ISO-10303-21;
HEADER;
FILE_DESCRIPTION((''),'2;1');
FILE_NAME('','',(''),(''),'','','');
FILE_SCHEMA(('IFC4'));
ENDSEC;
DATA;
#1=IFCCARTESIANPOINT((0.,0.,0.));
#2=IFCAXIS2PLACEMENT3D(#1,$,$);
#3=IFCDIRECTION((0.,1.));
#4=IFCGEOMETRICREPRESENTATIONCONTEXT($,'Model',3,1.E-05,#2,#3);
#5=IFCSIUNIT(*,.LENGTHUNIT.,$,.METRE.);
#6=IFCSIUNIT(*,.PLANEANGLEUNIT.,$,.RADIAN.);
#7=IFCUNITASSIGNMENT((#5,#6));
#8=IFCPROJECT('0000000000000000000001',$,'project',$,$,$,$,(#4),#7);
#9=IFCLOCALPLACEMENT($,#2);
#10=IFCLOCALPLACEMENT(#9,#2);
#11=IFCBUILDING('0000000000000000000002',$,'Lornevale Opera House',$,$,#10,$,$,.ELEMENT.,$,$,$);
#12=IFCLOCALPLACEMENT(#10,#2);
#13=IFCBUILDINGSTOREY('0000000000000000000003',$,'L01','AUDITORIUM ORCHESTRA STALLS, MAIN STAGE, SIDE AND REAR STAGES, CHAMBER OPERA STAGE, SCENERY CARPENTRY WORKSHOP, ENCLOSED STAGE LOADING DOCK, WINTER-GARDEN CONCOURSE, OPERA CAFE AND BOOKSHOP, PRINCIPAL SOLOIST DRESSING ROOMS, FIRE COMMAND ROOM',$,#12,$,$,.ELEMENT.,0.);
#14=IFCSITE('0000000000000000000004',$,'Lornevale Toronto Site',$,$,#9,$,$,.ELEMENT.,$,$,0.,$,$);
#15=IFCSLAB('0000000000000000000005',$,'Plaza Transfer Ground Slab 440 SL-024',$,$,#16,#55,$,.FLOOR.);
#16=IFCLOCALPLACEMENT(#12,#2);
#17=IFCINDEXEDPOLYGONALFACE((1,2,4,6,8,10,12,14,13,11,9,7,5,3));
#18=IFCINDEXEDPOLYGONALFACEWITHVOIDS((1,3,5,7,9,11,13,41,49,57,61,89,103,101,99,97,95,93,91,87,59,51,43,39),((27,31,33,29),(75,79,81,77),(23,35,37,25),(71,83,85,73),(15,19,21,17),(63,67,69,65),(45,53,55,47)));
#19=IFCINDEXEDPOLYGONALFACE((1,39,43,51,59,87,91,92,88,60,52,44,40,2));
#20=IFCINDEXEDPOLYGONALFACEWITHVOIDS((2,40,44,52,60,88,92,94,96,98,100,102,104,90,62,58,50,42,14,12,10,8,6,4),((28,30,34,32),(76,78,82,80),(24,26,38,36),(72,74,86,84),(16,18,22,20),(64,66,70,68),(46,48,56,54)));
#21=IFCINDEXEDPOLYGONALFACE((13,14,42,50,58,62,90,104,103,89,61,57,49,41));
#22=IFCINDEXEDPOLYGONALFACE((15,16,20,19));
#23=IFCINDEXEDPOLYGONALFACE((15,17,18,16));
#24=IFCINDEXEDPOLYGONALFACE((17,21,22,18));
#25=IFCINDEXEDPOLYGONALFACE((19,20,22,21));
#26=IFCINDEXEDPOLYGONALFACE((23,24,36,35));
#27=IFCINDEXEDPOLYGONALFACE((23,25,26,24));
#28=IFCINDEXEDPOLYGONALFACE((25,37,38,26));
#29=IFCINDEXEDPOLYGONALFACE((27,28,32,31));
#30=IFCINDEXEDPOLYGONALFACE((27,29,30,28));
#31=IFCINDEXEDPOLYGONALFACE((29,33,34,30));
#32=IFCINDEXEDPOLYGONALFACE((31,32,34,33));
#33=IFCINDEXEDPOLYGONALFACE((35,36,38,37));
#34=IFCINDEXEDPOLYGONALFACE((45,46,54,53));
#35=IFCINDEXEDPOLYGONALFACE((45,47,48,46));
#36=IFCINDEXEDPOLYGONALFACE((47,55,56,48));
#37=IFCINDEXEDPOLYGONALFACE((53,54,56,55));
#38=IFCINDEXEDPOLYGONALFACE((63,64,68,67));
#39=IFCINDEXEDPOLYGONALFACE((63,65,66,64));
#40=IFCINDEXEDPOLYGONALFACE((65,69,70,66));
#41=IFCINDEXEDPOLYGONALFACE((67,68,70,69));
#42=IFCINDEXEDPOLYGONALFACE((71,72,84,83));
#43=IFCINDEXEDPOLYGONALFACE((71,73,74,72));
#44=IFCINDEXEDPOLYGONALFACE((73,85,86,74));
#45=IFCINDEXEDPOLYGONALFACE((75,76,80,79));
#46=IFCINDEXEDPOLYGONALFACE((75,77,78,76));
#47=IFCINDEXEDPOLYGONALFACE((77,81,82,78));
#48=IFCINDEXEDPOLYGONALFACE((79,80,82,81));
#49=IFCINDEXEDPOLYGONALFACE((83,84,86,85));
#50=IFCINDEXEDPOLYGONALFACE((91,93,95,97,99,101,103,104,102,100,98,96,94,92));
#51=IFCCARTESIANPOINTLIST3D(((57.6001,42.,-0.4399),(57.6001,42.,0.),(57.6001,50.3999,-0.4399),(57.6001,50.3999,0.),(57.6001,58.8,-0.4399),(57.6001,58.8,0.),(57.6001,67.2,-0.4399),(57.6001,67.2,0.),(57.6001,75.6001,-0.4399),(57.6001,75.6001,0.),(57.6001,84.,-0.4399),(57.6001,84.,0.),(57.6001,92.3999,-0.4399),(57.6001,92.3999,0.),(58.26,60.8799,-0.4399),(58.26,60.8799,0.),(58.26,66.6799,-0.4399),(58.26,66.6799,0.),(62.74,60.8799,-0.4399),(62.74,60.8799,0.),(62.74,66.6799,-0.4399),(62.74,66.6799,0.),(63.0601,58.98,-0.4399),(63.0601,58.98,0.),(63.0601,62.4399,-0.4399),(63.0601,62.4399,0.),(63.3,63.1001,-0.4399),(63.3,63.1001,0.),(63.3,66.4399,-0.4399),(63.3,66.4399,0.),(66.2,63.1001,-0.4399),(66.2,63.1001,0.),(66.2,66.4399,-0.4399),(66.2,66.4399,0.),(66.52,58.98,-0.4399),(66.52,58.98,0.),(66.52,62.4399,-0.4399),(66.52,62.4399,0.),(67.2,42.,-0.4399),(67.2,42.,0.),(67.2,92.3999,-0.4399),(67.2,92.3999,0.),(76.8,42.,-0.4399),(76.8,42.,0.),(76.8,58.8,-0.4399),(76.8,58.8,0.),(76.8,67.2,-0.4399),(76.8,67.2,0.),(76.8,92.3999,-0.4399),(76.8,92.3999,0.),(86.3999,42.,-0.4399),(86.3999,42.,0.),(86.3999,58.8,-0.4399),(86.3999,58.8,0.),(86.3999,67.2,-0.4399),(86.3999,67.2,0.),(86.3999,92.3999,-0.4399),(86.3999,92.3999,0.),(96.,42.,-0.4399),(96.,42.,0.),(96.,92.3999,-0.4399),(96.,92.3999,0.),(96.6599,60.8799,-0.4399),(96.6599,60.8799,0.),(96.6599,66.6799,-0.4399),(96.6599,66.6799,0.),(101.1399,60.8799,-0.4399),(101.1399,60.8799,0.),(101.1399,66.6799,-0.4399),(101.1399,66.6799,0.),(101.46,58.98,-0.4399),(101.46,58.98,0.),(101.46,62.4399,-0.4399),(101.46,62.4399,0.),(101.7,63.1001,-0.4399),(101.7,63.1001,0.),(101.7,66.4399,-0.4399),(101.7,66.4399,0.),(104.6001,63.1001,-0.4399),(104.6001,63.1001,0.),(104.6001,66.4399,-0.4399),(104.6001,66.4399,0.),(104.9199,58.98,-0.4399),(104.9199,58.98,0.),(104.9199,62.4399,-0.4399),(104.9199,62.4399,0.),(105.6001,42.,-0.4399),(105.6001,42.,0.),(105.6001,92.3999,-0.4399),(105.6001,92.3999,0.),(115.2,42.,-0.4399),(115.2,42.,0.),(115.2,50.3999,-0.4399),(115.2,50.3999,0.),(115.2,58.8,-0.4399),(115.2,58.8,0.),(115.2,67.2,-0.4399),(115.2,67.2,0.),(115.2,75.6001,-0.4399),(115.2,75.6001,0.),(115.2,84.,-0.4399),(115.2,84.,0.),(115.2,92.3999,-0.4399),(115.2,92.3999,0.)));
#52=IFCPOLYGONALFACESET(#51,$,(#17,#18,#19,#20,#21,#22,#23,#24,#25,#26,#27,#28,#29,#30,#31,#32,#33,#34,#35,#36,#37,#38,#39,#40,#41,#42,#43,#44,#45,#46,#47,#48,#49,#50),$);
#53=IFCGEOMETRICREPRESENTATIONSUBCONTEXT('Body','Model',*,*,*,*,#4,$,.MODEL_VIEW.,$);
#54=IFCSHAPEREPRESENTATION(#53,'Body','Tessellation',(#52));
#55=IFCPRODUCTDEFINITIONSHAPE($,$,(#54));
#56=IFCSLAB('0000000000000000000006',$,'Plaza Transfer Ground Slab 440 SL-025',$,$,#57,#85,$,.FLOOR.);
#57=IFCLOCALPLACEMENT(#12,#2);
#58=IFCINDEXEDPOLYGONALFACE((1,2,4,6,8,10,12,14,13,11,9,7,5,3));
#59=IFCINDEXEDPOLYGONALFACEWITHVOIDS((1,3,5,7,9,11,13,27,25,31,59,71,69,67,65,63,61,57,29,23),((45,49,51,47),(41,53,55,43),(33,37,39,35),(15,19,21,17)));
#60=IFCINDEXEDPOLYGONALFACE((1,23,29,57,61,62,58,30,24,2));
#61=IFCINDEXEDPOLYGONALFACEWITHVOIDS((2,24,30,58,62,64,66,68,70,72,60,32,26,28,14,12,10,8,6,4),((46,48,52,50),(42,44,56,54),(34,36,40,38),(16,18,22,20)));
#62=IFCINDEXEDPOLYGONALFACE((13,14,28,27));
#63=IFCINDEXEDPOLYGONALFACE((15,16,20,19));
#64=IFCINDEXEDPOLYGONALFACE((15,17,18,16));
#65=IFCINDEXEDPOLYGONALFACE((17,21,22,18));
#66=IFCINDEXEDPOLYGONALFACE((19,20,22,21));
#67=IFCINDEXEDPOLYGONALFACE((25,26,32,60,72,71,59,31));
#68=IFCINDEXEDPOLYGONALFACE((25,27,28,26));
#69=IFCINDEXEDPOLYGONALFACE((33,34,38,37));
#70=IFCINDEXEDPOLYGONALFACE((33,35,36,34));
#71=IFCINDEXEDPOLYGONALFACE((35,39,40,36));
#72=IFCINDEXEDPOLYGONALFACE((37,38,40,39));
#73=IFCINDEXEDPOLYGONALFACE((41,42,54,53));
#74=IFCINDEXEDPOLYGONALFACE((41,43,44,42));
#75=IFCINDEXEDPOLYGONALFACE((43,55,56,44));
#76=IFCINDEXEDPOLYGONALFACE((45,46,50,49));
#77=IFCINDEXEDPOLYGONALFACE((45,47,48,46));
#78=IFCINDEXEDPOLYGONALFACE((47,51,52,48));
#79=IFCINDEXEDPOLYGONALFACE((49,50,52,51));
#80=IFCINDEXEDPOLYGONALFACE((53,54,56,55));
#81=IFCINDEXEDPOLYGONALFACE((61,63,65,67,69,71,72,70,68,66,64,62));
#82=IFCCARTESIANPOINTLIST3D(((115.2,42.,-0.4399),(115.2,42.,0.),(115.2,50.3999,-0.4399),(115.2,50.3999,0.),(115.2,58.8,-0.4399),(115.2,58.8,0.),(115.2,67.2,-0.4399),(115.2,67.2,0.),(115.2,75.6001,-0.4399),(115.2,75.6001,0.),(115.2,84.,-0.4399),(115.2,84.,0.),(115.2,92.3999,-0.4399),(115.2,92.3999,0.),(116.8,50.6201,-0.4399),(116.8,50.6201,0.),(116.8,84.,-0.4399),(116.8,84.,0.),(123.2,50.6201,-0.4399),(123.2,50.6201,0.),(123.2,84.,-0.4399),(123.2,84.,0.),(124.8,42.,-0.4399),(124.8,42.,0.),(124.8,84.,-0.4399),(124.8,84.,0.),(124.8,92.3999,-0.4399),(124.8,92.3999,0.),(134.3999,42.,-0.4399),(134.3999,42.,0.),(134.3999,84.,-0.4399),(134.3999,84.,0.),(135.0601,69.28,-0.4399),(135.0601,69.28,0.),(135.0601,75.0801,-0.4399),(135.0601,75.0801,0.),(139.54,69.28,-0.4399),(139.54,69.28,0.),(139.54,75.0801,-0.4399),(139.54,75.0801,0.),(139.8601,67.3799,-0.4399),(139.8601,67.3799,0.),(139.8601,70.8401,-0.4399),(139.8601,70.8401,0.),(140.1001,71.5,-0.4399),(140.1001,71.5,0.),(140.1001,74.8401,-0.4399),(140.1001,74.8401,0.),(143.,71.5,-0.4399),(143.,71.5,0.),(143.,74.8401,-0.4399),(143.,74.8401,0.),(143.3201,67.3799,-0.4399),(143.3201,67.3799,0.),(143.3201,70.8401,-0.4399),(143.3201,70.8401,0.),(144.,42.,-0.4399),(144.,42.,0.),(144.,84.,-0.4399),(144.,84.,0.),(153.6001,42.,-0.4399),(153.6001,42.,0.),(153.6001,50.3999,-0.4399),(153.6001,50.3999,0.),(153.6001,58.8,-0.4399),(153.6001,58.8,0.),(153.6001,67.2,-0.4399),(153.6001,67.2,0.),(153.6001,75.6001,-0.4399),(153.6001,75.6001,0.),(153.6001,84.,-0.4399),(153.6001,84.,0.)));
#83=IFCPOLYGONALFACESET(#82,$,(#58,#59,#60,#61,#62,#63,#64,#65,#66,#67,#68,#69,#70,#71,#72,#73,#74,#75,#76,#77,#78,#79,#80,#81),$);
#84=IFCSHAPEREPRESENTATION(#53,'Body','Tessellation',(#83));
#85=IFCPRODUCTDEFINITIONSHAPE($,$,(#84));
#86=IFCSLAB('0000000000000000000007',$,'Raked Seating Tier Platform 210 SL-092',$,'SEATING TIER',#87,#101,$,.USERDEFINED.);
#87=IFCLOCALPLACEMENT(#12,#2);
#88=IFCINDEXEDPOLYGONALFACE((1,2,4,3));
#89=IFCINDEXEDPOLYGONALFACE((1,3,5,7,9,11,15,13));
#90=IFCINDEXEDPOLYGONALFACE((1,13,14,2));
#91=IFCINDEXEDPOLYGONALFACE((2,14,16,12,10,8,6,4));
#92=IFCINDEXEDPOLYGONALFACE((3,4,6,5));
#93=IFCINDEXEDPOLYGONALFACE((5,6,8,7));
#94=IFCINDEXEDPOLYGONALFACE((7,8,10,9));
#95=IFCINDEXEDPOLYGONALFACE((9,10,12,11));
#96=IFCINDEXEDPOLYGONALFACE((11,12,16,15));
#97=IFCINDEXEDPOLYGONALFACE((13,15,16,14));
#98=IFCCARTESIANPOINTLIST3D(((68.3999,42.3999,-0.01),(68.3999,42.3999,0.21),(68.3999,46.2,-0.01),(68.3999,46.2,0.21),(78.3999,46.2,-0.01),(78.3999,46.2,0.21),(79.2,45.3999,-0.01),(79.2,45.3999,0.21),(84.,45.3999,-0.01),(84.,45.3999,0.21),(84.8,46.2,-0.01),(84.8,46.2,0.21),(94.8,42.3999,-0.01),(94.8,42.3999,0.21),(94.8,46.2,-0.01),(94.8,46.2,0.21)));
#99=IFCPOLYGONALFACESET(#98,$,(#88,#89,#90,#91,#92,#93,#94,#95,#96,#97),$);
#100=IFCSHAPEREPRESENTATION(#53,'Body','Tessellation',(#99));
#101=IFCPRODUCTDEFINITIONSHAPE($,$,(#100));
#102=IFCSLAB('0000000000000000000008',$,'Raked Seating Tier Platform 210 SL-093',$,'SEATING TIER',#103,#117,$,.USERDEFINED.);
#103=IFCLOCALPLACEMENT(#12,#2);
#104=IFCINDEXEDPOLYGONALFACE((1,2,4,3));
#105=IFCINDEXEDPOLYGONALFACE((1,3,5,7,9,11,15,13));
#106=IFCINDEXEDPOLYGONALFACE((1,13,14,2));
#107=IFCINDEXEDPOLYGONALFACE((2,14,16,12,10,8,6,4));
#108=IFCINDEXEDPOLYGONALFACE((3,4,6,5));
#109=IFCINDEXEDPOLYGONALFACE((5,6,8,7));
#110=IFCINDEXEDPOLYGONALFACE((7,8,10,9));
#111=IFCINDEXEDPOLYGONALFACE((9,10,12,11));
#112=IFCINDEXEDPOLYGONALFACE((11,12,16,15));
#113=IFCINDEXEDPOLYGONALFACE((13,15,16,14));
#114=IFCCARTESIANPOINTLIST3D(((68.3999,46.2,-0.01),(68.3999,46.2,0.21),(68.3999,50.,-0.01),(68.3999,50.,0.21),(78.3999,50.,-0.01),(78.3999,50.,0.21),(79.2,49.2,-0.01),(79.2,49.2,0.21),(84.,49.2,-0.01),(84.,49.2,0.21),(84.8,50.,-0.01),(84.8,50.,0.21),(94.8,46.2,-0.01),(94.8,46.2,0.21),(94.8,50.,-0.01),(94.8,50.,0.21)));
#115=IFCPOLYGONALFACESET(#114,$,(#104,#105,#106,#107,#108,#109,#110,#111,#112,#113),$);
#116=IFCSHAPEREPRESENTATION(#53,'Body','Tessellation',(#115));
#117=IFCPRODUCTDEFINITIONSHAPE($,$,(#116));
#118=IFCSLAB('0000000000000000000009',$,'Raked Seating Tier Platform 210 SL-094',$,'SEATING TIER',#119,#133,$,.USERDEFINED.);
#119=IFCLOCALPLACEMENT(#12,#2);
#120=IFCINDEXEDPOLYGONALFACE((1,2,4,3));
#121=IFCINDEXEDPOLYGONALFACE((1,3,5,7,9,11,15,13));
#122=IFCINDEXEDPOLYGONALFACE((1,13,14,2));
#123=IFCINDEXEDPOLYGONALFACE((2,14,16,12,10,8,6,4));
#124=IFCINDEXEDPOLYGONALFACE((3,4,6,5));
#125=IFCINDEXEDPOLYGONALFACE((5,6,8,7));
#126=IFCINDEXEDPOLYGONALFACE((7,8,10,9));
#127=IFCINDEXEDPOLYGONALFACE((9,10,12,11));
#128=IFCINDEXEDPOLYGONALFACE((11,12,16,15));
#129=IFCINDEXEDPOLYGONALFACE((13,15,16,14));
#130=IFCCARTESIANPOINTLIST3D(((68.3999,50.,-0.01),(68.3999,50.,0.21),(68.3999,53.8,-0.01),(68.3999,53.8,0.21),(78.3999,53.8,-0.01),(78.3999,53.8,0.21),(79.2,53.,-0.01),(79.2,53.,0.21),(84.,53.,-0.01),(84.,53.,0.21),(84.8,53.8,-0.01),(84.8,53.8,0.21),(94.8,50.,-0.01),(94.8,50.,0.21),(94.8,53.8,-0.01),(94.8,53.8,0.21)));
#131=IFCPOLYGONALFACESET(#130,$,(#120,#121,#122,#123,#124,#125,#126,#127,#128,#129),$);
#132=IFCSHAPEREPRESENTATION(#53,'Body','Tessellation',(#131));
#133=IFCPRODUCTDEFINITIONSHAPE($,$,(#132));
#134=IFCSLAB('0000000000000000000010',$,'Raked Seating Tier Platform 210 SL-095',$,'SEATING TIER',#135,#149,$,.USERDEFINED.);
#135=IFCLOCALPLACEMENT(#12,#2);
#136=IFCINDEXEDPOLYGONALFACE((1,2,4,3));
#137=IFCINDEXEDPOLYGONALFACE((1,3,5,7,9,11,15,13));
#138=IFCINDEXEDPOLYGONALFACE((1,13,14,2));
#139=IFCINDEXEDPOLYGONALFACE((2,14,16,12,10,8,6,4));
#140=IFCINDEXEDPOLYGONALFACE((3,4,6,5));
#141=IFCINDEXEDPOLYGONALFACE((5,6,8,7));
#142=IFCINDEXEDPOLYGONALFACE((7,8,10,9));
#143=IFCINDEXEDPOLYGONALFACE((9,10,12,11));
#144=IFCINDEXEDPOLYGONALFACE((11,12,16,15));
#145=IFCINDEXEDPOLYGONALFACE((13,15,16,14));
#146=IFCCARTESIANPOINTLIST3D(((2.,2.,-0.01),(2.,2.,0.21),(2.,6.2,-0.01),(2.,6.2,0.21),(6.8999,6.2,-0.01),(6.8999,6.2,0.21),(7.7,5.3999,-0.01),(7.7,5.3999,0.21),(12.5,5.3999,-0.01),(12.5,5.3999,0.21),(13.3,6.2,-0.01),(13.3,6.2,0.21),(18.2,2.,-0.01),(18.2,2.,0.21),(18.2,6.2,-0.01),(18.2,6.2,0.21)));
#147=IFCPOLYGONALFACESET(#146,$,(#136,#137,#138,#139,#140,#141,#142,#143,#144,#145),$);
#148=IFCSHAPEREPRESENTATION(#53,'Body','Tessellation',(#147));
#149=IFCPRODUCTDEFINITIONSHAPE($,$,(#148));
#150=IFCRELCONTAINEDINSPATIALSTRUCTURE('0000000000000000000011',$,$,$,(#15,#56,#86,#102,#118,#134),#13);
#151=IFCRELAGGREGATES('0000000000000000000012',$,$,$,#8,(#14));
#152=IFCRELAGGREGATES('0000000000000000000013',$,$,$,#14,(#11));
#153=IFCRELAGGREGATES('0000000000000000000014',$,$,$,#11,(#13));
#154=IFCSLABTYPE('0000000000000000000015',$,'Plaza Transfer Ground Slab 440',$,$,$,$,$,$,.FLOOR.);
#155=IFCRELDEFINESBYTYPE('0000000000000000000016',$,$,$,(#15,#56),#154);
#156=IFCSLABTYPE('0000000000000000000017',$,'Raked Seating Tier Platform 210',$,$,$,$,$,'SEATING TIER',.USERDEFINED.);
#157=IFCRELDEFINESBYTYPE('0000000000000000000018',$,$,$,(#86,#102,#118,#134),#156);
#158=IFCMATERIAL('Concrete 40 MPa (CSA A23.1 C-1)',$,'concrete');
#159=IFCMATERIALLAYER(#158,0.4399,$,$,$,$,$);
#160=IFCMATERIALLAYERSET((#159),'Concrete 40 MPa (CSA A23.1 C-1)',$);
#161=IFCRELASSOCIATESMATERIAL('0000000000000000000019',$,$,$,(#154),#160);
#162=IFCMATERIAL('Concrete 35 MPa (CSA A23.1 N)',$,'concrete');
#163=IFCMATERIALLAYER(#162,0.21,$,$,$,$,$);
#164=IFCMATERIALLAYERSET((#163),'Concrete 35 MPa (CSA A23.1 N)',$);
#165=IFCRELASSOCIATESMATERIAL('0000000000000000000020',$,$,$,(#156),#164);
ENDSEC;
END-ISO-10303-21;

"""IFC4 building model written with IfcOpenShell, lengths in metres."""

from ifc_helpers import new_model, si_unit, direction, frame, origin, place, context, subcontext, project, spatial, polyline, outline, extrude, material, layer, layer_set, type_object, element, save


model = new_model("IFC4")

# Units and contexts
model_context = context("Model", 3, precision=1e-05, world=origin(), true_north=direction((0.0, 1.0)))
body_context = subcontext(model_context, "Body", "Model", "MODEL_VIEW")
ifc_project = project(units=[si_unit("LENGTHUNIT", "METRE"), si_unit("PLANEANGLEUNIT", "RADIAN")], contexts=[model_context])

# Site, building, storey
site_placement = place(None, origin())
site = spatial("IfcSite", under=ifc_project, at=site_placement, Name="Lornevale Toronto Site", CompositionType="ELEMENT", RefElevation=0.0)
building_placement = place(site_placement, origin())
building = spatial("IfcBuilding", under=site, at=building_placement, Name="Lornevale Opera House", CompositionType="ELEMENT")
storey_placement = place(building_placement, origin())
storey = spatial("IfcBuildingStorey", under=building, at=storey_placement, Name="L01", Description="AUDITORIUM ORCHESTRA STALLS, MAIN STAGE, SIDE AND REAR STAGES, CHAMBER OPERA STAGE, SCENERY CARPENTRY WORKSHOP, ENCLOSED STAGE LOADING DOCK, WINTER-GARDEN CONCOURSE, OPERA CAFE AND BOOKSHOP, PRINCIPAL SOLOIST DRESSING ROOMS, FIRE COMMAND ROOM", CompositionType="ELEMENT", Elevation=0.0)

# Slabs
ifc_material_1 = material(Name="Concrete 40 MPa (CSA A23.1 C-1)", Category="concrete")
ifc_layer_1 = layer(ifc_material_1, 0.4399)
ifc_layer_set_1 = layer_set([ifc_layer_1], Name="Concrete 40 MPa (CSA A23.1 C-1)")
slab_type_1 = type_object("IfcSlabType", Name="Plaza Transfer Ground Slab 440", PredefinedType="FLOOR", material=ifc_layer_set_1)
slab_1_placement = place(storey_placement, frame((0.0, 0.0, -0.4399)))
element("IfcSlab", 1, at=slab_1_placement, inside=storey, type_object=slab_type_1, Name="Plaza Transfer Ground Slab 440 SL-024", PredefinedType="FLOOR", context=body_context, shape_type="SweptSolid", body=[
    extrude(outline(polyline([(67.2, 42.0), (57.6001, 42.0), (57.6001, 50.3999), (57.6001, 58.8), (57.6001, 67.2), (57.6001, 75.6001), (57.6001, 84.0), (57.6001, 92.3999), (67.2, 92.3999), (76.8, 92.3999), (86.3999, 92.3999), (96.0, 92.3999), (105.6001, 92.3999), (115.2, 92.3999), (115.2, 84.0), (115.2, 75.6001), (115.2, 67.2), (115.2, 58.8), (115.2, 50.3999), (115.2, 42.0), (105.6001, 42.0), (96.0, 42.0), (86.3999, 42.0), (76.8, 42.0), (67.2, 42.0)]), holes=[polyline([(76.8, 67.2), (76.8, 58.8), (86.3999, 58.8), (86.3999, 67.2), (76.8, 67.2)]), polyline([(63.0601, 58.98), (66.52, 58.98), (66.52, 62.4399), (63.0601, 62.4399), (63.0601, 58.98)]), polyline([(58.26, 60.8799), (62.74, 60.8799), (62.74, 66.6799), (58.26, 66.6799), (58.26, 60.8799)]), polyline([(101.46, 58.98), (104.9199, 58.98), (104.9199, 62.4399), (101.46, 62.4399), (101.46, 58.98)]), polyline([(96.6599, 60.8799), (101.1399, 60.8799), (101.1399, 66.6799), (96.6599, 66.6799), (96.6599, 60.8799)]), polyline([(63.3, 63.1001), (66.2, 63.1001), (66.2, 66.4399), (63.3, 66.4399), (63.3, 63.1001)]), polyline([(101.7, 63.1001), (104.6001, 63.1001), (104.6001, 66.4399), (101.7, 66.4399), (101.7, 63.1001)])]), origin(), (0.0, 0.0, 1.0), 0.4399),
])
slab_2_placement = place(storey_placement, frame((0.0, 0.0, -0.4399)))
element("IfcSlab", 2, at=slab_2_placement, inside=storey, type_object=slab_type_1, Name="Plaza Transfer Ground Slab 440 SL-025", PredefinedType="FLOOR", context=body_context, shape_type="SweptSolid", body=[
    extrude(outline(polyline([(115.2, 67.2), (115.2, 75.6001), (115.2, 84.0), (115.2, 92.3999), (124.8, 92.3999), (124.8, 84.0), (134.3999, 84.0), (144.0, 84.0), (153.6001, 84.0), (153.6001, 75.6001), (153.6001, 67.2), (153.6001, 58.8), (153.6001, 50.3999), (153.6001, 42.0), (144.0, 42.0), (134.3999, 42.0), (124.8, 42.0), (115.2, 42.0), (115.2, 50.3999), (115.2, 58.8), (115.2, 67.2)]), holes=[polyline([(139.8601, 67.3799), (143.3201, 67.3799), (143.3201, 70.8401), (139.8601, 70.8401), (139.8601, 67.3799)]), polyline([(135.0601, 69.28), (139.54, 69.28), (139.54, 75.0801), (135.0601, 75.0801), (135.0601, 69.28)]), polyline([(116.8, 50.6201), (123.2, 50.6201), (123.2, 84.0), (116.8, 84.0), (116.8, 50.6201)]), polyline([(140.1001, 71.5), (143.0, 71.5), (143.0, 74.8401), (140.1001, 74.8401), (140.1001, 71.5)])]), origin(), (0.0, 0.0, 1.0), 0.4399),
])
ifc_material_2 = material(Name="Concrete 35 MPa (CSA A23.1 N)", Category="concrete")
ifc_layer_2 = layer(ifc_material_2, 0.21)
ifc_layer_set_2 = layer_set([ifc_layer_2], Name="Concrete 35 MPa (CSA A23.1 N)")
slab_type_2 = type_object("IfcSlabType", Name="Raked Seating Tier Platform 210", ElementType="SEATING TIER", PredefinedType="USERDEFINED", material=ifc_layer_set_2)
slab_3_placement = place(storey_placement, frame((0.0, 0.0, -0.01)))
element("IfcSlab", 3, at=slab_3_placement, inside=storey, type_object=slab_type_2, Name="Raked Seating Tier Platform 210 SL-092", ObjectType="SEATING TIER", PredefinedType="USERDEFINED", context=body_context, shape_type="SweptSolid", body=[
    extrude(outline(polyline([(68.3999, 42.3999), (94.8, 42.3999), (94.8, 46.2), (84.8, 46.2), (84.0, 45.3999), (79.2, 45.3999), (78.3999, 46.2), (68.3999, 46.2), (68.3999, 42.3999)])), origin(), (0.0, 0.0, 1.0), 0.22),
])
slab_4_placement = place(storey_placement, frame((0.0, 0.0, -0.01)))
element("IfcSlab", 4, at=slab_4_placement, inside=storey, type_object=slab_type_2, Name="Raked Seating Tier Platform 210 SL-093", ObjectType="SEATING TIER", PredefinedType="USERDEFINED", context=body_context, shape_type="SweptSolid", body=[
    extrude(outline(polyline([(68.3999, 46.2), (94.8, 46.2), (94.8, 50.0), (84.8, 50.0), (84.0, 49.2), (79.2, 49.2), (78.3999, 50.0), (68.3999, 50.0), (68.3999, 46.2)])), origin(), (0.0, 0.0, 1.0), 0.22),
])
slab_5_placement = place(storey_placement, frame((0.0, 0.0, -0.01)))
element("IfcSlab", 5, at=slab_5_placement, inside=storey, type_object=slab_type_2, Name="Raked Seating Tier Platform 210 SL-094", ObjectType="SEATING TIER", PredefinedType="USERDEFINED", context=body_context, shape_type="SweptSolid", body=[
    extrude(outline(polyline([(68.3999, 50.0), (94.8, 50.0), (94.8, 53.8), (84.8, 53.8), (84.0, 53.0), (79.2, 53.0), (78.3999, 53.8), (68.3999, 53.8), (68.3999, 50.0)])), origin(), (0.0, 0.0, 1.0), 0.22),
])
slab_6_placement = place(storey_placement, frame((0.0, 0.0, -0.01)))
element("IfcSlab", 6, at=slab_6_placement, inside=storey, type_object=slab_type_2, Name="Raked Seating Tier Platform 210 SL-095", ObjectType="SEATING TIER", PredefinedType="USERDEFINED", context=body_context, shape_type="SweptSolid", body=[
    extrude(outline(polyline([(2.0, 2.0), (18.2, 2.0), (18.2, 6.2), (13.3, 6.2), (12.5, 5.3999), (7.7, 5.3999), (6.8999, 6.2), (2.0, 6.2), (2.0, 2.0)])), origin(), (0.0, 0.0, 1.0), 0.22),
])

save(model, "model.ifc")
